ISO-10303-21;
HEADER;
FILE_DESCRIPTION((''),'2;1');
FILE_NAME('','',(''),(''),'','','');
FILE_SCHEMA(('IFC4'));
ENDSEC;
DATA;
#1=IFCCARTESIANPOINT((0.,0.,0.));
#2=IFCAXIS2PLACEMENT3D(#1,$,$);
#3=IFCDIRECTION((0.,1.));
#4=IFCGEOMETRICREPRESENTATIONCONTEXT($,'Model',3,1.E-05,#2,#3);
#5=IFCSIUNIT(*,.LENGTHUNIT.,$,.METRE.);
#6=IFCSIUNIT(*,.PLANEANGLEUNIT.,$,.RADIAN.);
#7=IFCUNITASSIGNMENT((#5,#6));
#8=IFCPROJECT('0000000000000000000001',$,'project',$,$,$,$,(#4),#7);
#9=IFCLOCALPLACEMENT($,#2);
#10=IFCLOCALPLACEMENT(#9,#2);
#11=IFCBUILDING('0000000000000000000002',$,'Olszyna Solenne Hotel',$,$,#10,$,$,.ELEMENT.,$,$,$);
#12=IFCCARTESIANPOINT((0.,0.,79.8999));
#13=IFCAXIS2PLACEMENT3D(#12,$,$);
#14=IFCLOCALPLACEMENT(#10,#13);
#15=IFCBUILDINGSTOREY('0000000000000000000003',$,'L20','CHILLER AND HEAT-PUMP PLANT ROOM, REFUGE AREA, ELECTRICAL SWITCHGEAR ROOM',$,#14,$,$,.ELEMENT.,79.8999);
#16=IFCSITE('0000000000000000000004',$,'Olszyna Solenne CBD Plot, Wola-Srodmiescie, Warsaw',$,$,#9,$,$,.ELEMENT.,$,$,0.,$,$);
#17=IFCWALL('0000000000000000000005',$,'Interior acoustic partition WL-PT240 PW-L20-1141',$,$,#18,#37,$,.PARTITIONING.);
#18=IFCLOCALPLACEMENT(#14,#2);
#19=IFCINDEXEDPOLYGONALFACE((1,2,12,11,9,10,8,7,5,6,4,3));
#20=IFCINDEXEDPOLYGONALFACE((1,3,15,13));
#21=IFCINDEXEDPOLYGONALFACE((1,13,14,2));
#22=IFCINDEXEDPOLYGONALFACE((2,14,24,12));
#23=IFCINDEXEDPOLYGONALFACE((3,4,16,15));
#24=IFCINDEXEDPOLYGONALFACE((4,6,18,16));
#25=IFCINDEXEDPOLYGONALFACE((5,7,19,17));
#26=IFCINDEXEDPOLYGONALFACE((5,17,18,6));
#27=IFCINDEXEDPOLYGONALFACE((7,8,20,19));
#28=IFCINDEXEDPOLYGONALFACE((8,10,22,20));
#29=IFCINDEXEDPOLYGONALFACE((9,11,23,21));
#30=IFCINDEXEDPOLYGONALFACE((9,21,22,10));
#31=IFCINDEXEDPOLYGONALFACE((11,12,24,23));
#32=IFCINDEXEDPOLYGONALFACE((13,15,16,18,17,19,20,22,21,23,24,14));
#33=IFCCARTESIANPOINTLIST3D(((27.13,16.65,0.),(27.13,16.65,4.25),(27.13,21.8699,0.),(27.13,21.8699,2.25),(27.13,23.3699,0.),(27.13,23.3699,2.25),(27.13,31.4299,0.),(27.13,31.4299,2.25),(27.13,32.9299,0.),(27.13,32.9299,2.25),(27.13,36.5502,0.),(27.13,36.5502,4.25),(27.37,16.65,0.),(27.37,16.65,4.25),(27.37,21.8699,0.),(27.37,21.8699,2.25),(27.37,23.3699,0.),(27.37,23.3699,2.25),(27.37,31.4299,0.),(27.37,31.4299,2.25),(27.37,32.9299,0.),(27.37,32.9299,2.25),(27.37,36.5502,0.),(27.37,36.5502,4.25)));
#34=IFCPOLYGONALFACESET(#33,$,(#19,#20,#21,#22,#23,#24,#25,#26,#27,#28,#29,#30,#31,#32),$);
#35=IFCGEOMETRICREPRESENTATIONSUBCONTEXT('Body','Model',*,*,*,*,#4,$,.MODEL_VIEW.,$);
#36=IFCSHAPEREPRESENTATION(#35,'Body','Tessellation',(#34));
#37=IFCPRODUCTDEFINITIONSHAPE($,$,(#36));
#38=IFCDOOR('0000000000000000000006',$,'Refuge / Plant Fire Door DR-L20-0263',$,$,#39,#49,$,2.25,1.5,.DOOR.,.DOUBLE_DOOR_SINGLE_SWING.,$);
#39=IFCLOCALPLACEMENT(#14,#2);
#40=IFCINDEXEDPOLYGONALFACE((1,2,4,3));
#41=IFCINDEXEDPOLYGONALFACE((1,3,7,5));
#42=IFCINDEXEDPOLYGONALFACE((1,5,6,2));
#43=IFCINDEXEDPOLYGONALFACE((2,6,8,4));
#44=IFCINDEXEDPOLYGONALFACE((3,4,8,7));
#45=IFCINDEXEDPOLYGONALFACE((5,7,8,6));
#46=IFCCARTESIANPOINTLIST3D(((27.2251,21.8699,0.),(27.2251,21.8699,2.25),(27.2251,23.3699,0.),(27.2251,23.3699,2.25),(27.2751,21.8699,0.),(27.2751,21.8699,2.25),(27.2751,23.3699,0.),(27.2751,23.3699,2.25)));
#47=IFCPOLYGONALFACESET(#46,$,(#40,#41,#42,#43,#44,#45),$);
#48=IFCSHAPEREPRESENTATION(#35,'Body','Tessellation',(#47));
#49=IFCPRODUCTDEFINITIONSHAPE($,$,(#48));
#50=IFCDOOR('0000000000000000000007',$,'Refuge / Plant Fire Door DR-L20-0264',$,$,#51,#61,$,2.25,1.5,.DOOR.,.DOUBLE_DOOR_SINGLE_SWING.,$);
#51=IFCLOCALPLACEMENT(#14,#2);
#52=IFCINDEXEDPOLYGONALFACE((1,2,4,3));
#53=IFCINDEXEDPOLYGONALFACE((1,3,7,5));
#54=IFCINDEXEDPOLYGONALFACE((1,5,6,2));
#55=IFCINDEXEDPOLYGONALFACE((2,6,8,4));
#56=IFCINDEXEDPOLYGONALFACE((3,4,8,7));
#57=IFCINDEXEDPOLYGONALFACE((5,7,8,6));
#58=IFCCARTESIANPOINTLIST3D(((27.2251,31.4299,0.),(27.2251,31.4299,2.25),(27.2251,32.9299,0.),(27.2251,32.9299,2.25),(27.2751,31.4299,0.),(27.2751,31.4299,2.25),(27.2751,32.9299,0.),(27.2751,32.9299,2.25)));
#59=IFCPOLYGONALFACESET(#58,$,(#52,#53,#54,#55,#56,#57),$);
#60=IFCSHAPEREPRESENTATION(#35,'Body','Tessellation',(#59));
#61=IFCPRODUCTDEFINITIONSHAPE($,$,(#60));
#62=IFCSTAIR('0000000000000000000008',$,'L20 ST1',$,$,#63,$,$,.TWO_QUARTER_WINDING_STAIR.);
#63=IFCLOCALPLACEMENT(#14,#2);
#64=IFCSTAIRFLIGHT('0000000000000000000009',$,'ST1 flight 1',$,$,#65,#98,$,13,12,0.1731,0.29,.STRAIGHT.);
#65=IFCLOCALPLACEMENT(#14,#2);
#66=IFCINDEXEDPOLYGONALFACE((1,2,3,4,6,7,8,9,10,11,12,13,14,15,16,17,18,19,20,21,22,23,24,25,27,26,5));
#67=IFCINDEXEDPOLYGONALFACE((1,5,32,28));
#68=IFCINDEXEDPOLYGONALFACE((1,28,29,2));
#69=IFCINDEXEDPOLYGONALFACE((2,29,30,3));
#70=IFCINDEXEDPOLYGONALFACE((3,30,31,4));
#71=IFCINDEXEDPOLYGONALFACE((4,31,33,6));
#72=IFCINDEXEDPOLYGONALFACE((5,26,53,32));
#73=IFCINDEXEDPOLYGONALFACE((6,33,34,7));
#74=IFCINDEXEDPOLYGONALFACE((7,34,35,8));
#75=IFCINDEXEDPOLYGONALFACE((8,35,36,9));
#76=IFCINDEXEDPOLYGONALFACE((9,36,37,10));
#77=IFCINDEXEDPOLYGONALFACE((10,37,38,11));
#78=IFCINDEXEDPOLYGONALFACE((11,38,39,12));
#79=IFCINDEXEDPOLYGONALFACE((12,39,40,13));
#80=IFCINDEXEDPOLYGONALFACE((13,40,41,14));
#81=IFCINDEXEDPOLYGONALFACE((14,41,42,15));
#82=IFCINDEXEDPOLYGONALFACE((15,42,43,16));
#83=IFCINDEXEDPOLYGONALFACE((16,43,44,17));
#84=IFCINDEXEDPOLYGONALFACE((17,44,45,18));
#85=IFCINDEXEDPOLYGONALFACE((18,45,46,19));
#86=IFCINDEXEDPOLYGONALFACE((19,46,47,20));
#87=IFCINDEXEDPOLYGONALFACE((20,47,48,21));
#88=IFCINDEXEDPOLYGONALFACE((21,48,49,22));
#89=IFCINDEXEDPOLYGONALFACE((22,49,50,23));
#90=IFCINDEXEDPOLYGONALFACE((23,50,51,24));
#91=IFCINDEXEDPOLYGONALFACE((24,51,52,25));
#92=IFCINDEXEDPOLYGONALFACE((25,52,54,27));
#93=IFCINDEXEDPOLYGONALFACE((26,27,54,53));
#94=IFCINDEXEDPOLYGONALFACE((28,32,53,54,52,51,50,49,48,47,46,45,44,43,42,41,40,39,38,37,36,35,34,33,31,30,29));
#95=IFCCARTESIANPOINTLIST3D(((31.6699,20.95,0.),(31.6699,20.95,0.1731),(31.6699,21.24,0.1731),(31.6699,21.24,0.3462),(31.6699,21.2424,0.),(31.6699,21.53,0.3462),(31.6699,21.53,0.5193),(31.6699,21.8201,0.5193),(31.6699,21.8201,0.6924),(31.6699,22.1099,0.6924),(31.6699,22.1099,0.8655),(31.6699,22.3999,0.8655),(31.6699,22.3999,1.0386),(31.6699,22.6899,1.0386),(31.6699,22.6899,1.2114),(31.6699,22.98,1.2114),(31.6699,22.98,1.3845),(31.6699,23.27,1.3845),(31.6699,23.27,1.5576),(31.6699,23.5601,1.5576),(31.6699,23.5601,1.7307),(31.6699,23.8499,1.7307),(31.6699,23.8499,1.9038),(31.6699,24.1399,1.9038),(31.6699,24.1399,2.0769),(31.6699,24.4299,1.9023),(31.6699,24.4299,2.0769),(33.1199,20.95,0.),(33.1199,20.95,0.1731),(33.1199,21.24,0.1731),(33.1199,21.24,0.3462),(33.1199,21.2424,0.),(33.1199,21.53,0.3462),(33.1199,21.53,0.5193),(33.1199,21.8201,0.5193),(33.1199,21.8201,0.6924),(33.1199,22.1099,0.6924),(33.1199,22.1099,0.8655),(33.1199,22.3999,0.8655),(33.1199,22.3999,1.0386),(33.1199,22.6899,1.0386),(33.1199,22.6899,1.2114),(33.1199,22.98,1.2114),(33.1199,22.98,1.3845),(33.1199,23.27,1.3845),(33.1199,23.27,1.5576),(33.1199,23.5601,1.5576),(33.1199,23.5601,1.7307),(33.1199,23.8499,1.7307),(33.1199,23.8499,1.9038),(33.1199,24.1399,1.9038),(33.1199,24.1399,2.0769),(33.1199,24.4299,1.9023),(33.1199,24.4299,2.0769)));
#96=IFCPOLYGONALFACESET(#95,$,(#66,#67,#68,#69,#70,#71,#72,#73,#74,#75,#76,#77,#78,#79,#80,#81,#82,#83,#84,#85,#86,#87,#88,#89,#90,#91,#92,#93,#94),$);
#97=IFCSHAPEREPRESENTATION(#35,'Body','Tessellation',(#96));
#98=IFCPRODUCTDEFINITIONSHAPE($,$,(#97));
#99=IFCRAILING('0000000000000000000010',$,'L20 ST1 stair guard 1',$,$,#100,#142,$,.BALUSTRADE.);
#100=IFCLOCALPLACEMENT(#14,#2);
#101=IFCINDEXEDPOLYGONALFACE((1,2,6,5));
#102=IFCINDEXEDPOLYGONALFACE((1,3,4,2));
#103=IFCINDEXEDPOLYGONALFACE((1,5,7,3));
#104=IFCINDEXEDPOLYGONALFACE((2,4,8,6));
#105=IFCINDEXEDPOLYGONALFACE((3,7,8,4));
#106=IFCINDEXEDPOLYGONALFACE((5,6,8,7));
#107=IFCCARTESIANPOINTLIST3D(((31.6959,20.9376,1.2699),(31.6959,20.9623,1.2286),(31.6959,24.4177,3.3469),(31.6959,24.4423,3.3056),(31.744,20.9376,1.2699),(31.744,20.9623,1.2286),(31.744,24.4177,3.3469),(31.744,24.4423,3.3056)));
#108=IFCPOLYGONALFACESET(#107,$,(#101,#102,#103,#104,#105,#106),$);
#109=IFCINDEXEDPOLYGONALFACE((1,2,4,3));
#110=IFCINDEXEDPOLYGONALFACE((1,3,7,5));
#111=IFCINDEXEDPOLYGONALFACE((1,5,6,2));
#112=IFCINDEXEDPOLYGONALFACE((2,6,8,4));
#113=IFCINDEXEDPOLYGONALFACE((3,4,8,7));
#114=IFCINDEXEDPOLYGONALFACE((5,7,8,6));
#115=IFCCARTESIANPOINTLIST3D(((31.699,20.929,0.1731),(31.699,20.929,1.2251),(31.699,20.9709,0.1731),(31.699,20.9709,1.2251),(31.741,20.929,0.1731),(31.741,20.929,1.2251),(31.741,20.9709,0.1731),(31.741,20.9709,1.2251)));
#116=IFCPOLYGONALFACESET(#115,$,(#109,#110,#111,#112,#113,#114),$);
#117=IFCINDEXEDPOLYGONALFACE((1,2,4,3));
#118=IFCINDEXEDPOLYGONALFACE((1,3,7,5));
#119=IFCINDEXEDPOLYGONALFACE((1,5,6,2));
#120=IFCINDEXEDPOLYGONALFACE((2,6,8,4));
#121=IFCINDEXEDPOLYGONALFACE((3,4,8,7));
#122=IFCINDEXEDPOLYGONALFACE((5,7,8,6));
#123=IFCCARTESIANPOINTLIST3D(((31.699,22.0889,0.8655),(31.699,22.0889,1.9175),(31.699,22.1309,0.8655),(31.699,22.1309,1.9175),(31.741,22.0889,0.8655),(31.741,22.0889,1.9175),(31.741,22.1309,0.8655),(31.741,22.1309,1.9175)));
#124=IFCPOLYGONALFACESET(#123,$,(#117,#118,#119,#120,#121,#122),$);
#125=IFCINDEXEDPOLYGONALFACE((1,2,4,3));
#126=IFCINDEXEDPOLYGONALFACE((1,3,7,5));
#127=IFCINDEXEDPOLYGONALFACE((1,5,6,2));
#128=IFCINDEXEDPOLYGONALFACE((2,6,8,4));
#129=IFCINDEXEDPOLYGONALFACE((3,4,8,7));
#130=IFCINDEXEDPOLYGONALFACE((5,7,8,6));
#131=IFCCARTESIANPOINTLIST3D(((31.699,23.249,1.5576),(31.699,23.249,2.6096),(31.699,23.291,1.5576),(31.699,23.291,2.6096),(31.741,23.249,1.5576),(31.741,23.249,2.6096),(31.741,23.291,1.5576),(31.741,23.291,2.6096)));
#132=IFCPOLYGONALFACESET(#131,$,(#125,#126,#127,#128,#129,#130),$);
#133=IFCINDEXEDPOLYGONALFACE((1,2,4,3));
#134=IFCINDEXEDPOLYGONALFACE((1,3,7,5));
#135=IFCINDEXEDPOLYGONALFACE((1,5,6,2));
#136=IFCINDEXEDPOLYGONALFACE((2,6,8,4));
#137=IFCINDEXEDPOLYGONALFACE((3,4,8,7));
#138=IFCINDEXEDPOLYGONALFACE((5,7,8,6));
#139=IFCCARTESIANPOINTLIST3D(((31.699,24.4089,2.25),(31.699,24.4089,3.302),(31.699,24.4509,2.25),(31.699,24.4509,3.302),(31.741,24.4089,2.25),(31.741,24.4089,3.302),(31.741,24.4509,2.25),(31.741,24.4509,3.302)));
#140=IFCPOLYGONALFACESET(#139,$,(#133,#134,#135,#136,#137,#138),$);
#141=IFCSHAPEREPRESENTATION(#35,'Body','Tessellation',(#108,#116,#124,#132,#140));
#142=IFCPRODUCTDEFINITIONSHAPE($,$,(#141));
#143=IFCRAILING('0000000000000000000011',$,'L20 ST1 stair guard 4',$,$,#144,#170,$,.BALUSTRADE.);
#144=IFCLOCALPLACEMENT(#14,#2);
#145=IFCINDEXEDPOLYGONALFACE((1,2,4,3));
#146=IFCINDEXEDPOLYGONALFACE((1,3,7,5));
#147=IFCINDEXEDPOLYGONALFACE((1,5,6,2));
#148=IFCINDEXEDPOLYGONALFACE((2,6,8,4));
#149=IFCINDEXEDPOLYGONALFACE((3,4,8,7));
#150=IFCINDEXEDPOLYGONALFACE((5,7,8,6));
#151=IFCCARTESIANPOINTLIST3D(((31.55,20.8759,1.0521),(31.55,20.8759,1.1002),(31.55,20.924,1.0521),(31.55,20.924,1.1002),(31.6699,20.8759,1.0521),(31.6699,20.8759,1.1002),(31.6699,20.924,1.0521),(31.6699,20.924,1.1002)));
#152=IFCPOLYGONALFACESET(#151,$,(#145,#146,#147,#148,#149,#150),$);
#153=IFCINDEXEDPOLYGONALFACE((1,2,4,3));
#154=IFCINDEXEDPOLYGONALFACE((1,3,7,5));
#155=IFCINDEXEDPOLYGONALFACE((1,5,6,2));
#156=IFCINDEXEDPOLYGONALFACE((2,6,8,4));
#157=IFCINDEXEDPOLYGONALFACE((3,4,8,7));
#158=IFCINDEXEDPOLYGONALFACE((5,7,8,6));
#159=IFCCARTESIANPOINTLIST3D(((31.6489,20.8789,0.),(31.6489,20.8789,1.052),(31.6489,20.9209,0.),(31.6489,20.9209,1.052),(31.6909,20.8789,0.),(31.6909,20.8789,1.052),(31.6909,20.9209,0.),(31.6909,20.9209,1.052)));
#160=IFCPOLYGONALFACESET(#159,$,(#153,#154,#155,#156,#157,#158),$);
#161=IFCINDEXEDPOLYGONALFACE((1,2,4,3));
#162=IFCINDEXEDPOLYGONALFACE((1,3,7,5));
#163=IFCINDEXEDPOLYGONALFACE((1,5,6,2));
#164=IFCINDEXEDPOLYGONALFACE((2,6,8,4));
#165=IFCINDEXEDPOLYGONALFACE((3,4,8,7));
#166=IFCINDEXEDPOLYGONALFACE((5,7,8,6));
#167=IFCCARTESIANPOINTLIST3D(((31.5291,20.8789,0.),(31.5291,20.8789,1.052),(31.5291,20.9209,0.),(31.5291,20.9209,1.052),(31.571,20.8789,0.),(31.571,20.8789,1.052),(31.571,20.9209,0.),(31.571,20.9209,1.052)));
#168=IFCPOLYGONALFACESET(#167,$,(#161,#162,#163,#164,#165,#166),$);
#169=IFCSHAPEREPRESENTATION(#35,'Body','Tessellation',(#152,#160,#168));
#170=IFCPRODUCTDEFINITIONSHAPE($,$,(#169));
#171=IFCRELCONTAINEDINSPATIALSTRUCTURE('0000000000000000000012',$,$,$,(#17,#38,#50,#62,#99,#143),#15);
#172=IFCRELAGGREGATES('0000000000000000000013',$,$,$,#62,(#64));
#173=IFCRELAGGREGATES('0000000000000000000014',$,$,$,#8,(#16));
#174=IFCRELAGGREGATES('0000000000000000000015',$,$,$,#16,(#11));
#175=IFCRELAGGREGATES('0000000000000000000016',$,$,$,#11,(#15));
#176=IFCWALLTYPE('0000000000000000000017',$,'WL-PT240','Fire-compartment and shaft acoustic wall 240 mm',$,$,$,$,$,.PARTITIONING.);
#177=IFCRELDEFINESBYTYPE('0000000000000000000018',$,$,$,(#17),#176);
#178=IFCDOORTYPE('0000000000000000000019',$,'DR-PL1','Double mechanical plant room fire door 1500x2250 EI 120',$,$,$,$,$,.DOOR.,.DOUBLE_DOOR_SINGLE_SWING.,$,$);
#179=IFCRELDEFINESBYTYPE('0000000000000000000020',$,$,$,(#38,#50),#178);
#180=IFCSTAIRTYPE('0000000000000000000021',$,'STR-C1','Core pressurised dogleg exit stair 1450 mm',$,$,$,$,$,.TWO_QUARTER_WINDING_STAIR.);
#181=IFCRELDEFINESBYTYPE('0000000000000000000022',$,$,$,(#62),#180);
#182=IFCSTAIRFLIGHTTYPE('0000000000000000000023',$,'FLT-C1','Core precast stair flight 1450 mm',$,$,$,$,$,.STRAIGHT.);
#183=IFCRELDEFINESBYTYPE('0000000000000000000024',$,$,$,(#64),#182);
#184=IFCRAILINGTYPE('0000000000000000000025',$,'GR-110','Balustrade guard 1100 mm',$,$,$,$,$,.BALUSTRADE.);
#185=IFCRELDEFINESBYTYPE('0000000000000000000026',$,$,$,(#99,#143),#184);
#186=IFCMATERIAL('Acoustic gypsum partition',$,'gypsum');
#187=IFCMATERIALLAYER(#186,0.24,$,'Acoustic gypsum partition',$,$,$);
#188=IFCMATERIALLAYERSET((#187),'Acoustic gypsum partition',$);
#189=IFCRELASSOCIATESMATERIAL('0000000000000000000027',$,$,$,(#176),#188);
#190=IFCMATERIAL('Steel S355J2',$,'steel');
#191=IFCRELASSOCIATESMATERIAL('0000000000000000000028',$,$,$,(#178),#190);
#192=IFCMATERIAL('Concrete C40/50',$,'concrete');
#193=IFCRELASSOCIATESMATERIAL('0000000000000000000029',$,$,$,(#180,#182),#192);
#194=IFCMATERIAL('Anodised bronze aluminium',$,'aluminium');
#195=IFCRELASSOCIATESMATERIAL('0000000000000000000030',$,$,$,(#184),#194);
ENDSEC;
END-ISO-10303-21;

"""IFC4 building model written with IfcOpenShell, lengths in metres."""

from ifc_helpers import new_model, si_unit, direction, frame, frame_2d, origin, origin_2d, place, context, subcontext, project, spatial, polyline, rectangle, outline, extrude, source, transform, mapped, material, layer, layer_set, type_object, type_shapes, element, fill, aggregate, save


model = new_model("IFC4")

# Units and contexts
model_context = context("Model", 3, precision=1e-05, world=origin(), true_north=direction((0.0, 1.0)))
body_context = subcontext(model_context, "Body", "Model", "MODEL_VIEW")
ifc_project = project(units=[si_unit("LENGTHUNIT", "METRE"), si_unit("PLANEANGLEUNIT", "RADIAN")], contexts=[model_context])

# Site, building, storey
site_placement = place(None, origin())
site = spatial("IfcSite", under=ifc_project, at=site_placement, Name="Olszyna Solenne CBD Plot, Wola-Srodmiescie, Warsaw", CompositionType="ELEMENT", RefElevation=0.0)
building_placement = place(site_placement, origin())
building = spatial("IfcBuilding", under=site, at=building_placement, Name="Olszyna Solenne Hotel", CompositionType="ELEMENT")
storey_placement = place(building_placement, frame((0.0, 0.0, 79.8999)))
storey = spatial("IfcBuildingStorey", under=building, at=storey_placement, Name="L20", Description="CHILLER AND HEAT-PUMP PLANT ROOM, REFUGE AREA, ELECTRICAL SWITCHGEAR ROOM", CompositionType="ELEMENT", Elevation=79.8999)

# Shared definitions
ifc_material_1 = material(Name="Steel S355J2", Category="steel")

# Shared definitions
ifc_material_2 = material(Name="Acoustic gypsum partition", Category="gypsum")

# Shared definitions
ifc_layer_1 = layer(ifc_material_2, 0.24, Name="Acoustic gypsum partition")
ifc_layer_set_1 = layer_set([ifc_layer_1], Name="Acoustic gypsum partition")
wall_type_1 = type_object("IfcWallType", Name="WL-PT240", Description="Fire-compartment and shaft acoustic wall 240 mm", PredefinedType="PARTITIONING", material=ifc_layer_set_1)

# Wall, openings, doors
door_type_1 = type_object("IfcDoorType", Name="DR-PL1", Description="Double mechanical plant room fire door 1500x2250 EI 120", OperationType="DOUBLE_DOOR_SINGLE_SWING", PredefinedType="DOOR", material=ifc_material_1)
shared_shape_1 = source(origin(), body_context, "Body", "SweptSolid", [
    extrude(rectangle(XDim=1.5, YDim=2.25, at=frame_2d((0.75, 1.125))), frame((0.0, 0.0249, 0.0), z_axis=(0.0, -1.0, 0.0), x_axis=(1.0, 0.0, 0.0)), (0.0, 0.0, 1.0), 0.05),
])
type_shapes(door_type_1, [shared_shape_1])
wall_1_placement = place(storey_placement, frame((27.25, 16.6499, 0.0), z_axis=(0.0, 0.0, 1.0), x_axis=(0.0, 1.0, 0.0)))
wall_1 = element("IfcWall", 1, at=wall_1_placement, inside=storey, type_object=wall_type_1, Name="Interior acoustic partition WL-PT240 PW-L20-1141", PredefinedType="PARTITIONING", context=body_context, shape_type="SweptSolid", body=[
    extrude(rectangle(XDim=19.9001, YDim=0.24, at=frame_2d((9.9502, 0.0))), origin(), (0.0, 0.0, 1.0), 4.25),
])
opening_1_placement = place(wall_1_placement, frame((5.22, 0.0, 0.0)))
opening_1 = element("IfcOpeningElement", 2, at=opening_1_placement, cuts=wall_1, PredefinedType="OPENING", context=body_context, shape_type="SweptSolid", body=[
    extrude(rectangle(XDim=1.5, YDim=2.25, at=frame_2d((0.75, 1.125))), frame((0.0, 0.1299, 0.0), z_axis=(0.0, -1.0, 0.0), x_axis=(1.0, 0.0, 0.0)), (0.0, 0.0, 1.0), 0.26),
])
opening_2_placement = place(wall_1_placement, frame((14.78, 0.0, 0.0)))
opening_2 = element("IfcOpeningElement", 3, at=opening_2_placement, cuts=wall_1, PredefinedType="OPENING", context=body_context, shape_type="SweptSolid", body=[
    extrude(rectangle(XDim=1.5, YDim=2.25, at=frame_2d((0.75, 1.125))), frame((0.0, 0.1299, 0.0), z_axis=(0.0, -1.0, 0.0), x_axis=(1.0, 0.0, 0.0)), (0.0, 0.0, 1.0), 0.26),
])
door_1_placement = place(opening_1_placement, origin())
door_1 = element("IfcDoor", 4, at=door_1_placement, inside=storey, type_object=door_type_1, Name="Refuge / Plant Fire Door DR-L20-0263", OperationType="DOUBLE_DOOR_SINGLE_SWING", OverallHeight=2.25, OverallWidth=1.5, PredefinedType="DOOR", context=body_context, shape_type="MappedRepresentation", body=[
    mapped(shared_shape_1, transform((0.0, 0.0, 0.0), x_axis=(1.0, 0.0, 0.0), y_axis=(0.0, 1.0, 0.0), z_axis=(0.0, 0.0, 1.0), scale=1.0)),
])
fill(opening_1, door_1)
door_2_placement = place(opening_2_placement, origin())
door_2 = element("IfcDoor", 5, at=door_2_placement, inside=storey, type_object=door_type_1, Name="Refuge / Plant Fire Door DR-L20-0264", OperationType="DOUBLE_DOOR_SINGLE_SWING", OverallHeight=2.25, OverallWidth=1.5, PredefinedType="DOOR", context=body_context, shape_type="MappedRepresentation", body=[
    mapped(shared_shape_1, transform((0.0, 0.0, 0.0), x_axis=(1.0, 0.0, 0.0), y_axis=(0.0, 1.0, 0.0), z_axis=(0.0, 0.0, 1.0), scale=1.0)),
])
fill(opening_2, door_2)

# Stair, stair flight
ifc_material_3 = material(Name="Concrete C40/50", Category="concrete")
stair_type = type_object("IfcStairType", Name="STR-C1", Description="Core pressurised dogleg exit stair 1450 mm", PredefinedType="TWO_QUARTER_WINDING_STAIR", material=ifc_material_3)
stair_placement = place(storey_placement, origin())
stair = element("IfcStair", 6, at=stair_placement, inside=storey, type_object=stair_type, Name="L20 ST1", PredefinedType="TWO_QUARTER_WINDING_STAIR")
stair_flight_type = type_object("IfcStairFlightType", Name="FLT-C1", Description="Core precast stair flight 1450 mm", PredefinedType="STRAIGHT", material=ifc_material_3)
stair_flight_placement = place(storey_placement, frame((32.395, 20.95, 0.0), z_axis=(0.0, 0.0, 1.0), x_axis=(0.0, 1.0, 0.0)))
stair_flight = element("IfcStairFlight", 7, at=stair_flight_placement, type_object=stair_flight_type, Name="ST1 flight 1", NumberOfRisers=13, NumberOfTreads=12, PredefinedType="STRAIGHT", RiserHeight=0.1731, TreadLength=0.29, context=body_context, shape_type="SweptSolid", body=[
    extrude(outline(polyline([(0.0, 0.0), (0.0, 0.1731), (0.29, 0.1731), (0.29, 0.3462), (0.5801, 0.3462), (0.5801, 0.5193), (0.8701, 0.5193), (0.8701, 0.6924), (1.1599, 0.6924), (1.1599, 0.8655), (1.45, 0.8655), (1.45, 1.0386), (1.74, 1.0386), (1.74, 1.2114), (2.03, 1.2114), (2.03, 1.3845), (2.3201, 1.3845), (2.3201, 1.5576), (2.6101, 1.5576), (2.6101, 1.7307), (2.8999, 1.7307), (2.8999, 1.9038), (3.1899, 1.9038), (3.1899, 2.0769), (3.48, 2.0769), (3.48, 2.25), (3.48, 1.9023), (0.2925, 0.0), (0.0, 0.0)])), frame((0.0, 0.7251, 0.0), z_axis=(0.0, -1.0, 0.0), x_axis=(1.0, 0.0, 0.0)), (0.0, 0.0, 1.0), 1.45),
])
aggregate(stair, [stair_flight])

# Railings
ifc_material_4 = material(Name="Anodised bronze aluminium", Category="aluminium")
railing_type_1 = type_object("IfcRailingType", Name="GR-110", Description="Balustrade guard 1100 mm", PredefinedType="BALUSTRADE", material=ifc_material_4)
railing_1_placement = place(storey_placement, frame((31.72, 20.95, 0.1731)))
element("IfcRailing", 8, at=railing_1_placement, inside=storey, type_object=railing_type_1, Name="L20 ST1 stair guard 1", PredefinedType="BALUSTRADE", context=body_context, shape_type="SweptSolid", body=[
    extrude(rectangle(XDim=0.0481, YDim=0.0481, at=origin_2d()), frame((0.0, 0.0, 1.0762), z_axis=(0.0, 0.858697, 0.512483), x_axis=(-1.0, 0.0, 0.0)), (0.0, 0.0, 1.0), 4.0527),
    extrude(rectangle(XDim=0.042, YDim=0.042, at=origin_2d()), origin(), (0.0, 0.0, 1.0), 1.052),
    extrude(rectangle(XDim=0.042, YDim=0.042, at=origin_2d()), frame((0.0, 1.1599, 0.6924)), (0.0, 0.0, 1.0), 1.052),
    extrude(rectangle(XDim=0.042, YDim=0.042, at=origin_2d()), frame((0.0, 2.3201, 1.3845)), (0.0, 0.0, 1.0), 1.052),
    extrude(rectangle(XDim=0.042, YDim=0.042, at=origin_2d()), frame((0.0, 3.48, 2.0769)), (0.0, 0.0, 1.0), 1.052),
])
railing_2_placement = place(storey_placement, frame((31.6699, 20.8999, 0.0)))
element("IfcRailing", 9, at=railing_2_placement, inside=storey, type_object=railing_type_1, Name="L20 ST1 stair guard 4", PredefinedType="BALUSTRADE", context=body_context, shape_type="SweptSolid", body=[
    extrude(rectangle(XDim=0.0481, YDim=0.0481, at=origin_2d()), frame((0.0, 0.0, 1.0762), z_axis=(-1.0, 0.0, 0.0), x_axis=(0.0, -1.0, 0.0)), (0.0, 0.0, 1.0), 0.1199),
    extrude(rectangle(XDim=0.042, YDim=0.042, at=origin_2d()), origin(), (0.0, 0.0, 1.0), 1.052),
    extrude(rectangle(XDim=0.042, YDim=0.042, at=origin_2d()), frame((-0.1199, 0.0, 0.0)), (0.0, 0.0, 1.0), 1.052),
])

save(model, "model.ifc")
